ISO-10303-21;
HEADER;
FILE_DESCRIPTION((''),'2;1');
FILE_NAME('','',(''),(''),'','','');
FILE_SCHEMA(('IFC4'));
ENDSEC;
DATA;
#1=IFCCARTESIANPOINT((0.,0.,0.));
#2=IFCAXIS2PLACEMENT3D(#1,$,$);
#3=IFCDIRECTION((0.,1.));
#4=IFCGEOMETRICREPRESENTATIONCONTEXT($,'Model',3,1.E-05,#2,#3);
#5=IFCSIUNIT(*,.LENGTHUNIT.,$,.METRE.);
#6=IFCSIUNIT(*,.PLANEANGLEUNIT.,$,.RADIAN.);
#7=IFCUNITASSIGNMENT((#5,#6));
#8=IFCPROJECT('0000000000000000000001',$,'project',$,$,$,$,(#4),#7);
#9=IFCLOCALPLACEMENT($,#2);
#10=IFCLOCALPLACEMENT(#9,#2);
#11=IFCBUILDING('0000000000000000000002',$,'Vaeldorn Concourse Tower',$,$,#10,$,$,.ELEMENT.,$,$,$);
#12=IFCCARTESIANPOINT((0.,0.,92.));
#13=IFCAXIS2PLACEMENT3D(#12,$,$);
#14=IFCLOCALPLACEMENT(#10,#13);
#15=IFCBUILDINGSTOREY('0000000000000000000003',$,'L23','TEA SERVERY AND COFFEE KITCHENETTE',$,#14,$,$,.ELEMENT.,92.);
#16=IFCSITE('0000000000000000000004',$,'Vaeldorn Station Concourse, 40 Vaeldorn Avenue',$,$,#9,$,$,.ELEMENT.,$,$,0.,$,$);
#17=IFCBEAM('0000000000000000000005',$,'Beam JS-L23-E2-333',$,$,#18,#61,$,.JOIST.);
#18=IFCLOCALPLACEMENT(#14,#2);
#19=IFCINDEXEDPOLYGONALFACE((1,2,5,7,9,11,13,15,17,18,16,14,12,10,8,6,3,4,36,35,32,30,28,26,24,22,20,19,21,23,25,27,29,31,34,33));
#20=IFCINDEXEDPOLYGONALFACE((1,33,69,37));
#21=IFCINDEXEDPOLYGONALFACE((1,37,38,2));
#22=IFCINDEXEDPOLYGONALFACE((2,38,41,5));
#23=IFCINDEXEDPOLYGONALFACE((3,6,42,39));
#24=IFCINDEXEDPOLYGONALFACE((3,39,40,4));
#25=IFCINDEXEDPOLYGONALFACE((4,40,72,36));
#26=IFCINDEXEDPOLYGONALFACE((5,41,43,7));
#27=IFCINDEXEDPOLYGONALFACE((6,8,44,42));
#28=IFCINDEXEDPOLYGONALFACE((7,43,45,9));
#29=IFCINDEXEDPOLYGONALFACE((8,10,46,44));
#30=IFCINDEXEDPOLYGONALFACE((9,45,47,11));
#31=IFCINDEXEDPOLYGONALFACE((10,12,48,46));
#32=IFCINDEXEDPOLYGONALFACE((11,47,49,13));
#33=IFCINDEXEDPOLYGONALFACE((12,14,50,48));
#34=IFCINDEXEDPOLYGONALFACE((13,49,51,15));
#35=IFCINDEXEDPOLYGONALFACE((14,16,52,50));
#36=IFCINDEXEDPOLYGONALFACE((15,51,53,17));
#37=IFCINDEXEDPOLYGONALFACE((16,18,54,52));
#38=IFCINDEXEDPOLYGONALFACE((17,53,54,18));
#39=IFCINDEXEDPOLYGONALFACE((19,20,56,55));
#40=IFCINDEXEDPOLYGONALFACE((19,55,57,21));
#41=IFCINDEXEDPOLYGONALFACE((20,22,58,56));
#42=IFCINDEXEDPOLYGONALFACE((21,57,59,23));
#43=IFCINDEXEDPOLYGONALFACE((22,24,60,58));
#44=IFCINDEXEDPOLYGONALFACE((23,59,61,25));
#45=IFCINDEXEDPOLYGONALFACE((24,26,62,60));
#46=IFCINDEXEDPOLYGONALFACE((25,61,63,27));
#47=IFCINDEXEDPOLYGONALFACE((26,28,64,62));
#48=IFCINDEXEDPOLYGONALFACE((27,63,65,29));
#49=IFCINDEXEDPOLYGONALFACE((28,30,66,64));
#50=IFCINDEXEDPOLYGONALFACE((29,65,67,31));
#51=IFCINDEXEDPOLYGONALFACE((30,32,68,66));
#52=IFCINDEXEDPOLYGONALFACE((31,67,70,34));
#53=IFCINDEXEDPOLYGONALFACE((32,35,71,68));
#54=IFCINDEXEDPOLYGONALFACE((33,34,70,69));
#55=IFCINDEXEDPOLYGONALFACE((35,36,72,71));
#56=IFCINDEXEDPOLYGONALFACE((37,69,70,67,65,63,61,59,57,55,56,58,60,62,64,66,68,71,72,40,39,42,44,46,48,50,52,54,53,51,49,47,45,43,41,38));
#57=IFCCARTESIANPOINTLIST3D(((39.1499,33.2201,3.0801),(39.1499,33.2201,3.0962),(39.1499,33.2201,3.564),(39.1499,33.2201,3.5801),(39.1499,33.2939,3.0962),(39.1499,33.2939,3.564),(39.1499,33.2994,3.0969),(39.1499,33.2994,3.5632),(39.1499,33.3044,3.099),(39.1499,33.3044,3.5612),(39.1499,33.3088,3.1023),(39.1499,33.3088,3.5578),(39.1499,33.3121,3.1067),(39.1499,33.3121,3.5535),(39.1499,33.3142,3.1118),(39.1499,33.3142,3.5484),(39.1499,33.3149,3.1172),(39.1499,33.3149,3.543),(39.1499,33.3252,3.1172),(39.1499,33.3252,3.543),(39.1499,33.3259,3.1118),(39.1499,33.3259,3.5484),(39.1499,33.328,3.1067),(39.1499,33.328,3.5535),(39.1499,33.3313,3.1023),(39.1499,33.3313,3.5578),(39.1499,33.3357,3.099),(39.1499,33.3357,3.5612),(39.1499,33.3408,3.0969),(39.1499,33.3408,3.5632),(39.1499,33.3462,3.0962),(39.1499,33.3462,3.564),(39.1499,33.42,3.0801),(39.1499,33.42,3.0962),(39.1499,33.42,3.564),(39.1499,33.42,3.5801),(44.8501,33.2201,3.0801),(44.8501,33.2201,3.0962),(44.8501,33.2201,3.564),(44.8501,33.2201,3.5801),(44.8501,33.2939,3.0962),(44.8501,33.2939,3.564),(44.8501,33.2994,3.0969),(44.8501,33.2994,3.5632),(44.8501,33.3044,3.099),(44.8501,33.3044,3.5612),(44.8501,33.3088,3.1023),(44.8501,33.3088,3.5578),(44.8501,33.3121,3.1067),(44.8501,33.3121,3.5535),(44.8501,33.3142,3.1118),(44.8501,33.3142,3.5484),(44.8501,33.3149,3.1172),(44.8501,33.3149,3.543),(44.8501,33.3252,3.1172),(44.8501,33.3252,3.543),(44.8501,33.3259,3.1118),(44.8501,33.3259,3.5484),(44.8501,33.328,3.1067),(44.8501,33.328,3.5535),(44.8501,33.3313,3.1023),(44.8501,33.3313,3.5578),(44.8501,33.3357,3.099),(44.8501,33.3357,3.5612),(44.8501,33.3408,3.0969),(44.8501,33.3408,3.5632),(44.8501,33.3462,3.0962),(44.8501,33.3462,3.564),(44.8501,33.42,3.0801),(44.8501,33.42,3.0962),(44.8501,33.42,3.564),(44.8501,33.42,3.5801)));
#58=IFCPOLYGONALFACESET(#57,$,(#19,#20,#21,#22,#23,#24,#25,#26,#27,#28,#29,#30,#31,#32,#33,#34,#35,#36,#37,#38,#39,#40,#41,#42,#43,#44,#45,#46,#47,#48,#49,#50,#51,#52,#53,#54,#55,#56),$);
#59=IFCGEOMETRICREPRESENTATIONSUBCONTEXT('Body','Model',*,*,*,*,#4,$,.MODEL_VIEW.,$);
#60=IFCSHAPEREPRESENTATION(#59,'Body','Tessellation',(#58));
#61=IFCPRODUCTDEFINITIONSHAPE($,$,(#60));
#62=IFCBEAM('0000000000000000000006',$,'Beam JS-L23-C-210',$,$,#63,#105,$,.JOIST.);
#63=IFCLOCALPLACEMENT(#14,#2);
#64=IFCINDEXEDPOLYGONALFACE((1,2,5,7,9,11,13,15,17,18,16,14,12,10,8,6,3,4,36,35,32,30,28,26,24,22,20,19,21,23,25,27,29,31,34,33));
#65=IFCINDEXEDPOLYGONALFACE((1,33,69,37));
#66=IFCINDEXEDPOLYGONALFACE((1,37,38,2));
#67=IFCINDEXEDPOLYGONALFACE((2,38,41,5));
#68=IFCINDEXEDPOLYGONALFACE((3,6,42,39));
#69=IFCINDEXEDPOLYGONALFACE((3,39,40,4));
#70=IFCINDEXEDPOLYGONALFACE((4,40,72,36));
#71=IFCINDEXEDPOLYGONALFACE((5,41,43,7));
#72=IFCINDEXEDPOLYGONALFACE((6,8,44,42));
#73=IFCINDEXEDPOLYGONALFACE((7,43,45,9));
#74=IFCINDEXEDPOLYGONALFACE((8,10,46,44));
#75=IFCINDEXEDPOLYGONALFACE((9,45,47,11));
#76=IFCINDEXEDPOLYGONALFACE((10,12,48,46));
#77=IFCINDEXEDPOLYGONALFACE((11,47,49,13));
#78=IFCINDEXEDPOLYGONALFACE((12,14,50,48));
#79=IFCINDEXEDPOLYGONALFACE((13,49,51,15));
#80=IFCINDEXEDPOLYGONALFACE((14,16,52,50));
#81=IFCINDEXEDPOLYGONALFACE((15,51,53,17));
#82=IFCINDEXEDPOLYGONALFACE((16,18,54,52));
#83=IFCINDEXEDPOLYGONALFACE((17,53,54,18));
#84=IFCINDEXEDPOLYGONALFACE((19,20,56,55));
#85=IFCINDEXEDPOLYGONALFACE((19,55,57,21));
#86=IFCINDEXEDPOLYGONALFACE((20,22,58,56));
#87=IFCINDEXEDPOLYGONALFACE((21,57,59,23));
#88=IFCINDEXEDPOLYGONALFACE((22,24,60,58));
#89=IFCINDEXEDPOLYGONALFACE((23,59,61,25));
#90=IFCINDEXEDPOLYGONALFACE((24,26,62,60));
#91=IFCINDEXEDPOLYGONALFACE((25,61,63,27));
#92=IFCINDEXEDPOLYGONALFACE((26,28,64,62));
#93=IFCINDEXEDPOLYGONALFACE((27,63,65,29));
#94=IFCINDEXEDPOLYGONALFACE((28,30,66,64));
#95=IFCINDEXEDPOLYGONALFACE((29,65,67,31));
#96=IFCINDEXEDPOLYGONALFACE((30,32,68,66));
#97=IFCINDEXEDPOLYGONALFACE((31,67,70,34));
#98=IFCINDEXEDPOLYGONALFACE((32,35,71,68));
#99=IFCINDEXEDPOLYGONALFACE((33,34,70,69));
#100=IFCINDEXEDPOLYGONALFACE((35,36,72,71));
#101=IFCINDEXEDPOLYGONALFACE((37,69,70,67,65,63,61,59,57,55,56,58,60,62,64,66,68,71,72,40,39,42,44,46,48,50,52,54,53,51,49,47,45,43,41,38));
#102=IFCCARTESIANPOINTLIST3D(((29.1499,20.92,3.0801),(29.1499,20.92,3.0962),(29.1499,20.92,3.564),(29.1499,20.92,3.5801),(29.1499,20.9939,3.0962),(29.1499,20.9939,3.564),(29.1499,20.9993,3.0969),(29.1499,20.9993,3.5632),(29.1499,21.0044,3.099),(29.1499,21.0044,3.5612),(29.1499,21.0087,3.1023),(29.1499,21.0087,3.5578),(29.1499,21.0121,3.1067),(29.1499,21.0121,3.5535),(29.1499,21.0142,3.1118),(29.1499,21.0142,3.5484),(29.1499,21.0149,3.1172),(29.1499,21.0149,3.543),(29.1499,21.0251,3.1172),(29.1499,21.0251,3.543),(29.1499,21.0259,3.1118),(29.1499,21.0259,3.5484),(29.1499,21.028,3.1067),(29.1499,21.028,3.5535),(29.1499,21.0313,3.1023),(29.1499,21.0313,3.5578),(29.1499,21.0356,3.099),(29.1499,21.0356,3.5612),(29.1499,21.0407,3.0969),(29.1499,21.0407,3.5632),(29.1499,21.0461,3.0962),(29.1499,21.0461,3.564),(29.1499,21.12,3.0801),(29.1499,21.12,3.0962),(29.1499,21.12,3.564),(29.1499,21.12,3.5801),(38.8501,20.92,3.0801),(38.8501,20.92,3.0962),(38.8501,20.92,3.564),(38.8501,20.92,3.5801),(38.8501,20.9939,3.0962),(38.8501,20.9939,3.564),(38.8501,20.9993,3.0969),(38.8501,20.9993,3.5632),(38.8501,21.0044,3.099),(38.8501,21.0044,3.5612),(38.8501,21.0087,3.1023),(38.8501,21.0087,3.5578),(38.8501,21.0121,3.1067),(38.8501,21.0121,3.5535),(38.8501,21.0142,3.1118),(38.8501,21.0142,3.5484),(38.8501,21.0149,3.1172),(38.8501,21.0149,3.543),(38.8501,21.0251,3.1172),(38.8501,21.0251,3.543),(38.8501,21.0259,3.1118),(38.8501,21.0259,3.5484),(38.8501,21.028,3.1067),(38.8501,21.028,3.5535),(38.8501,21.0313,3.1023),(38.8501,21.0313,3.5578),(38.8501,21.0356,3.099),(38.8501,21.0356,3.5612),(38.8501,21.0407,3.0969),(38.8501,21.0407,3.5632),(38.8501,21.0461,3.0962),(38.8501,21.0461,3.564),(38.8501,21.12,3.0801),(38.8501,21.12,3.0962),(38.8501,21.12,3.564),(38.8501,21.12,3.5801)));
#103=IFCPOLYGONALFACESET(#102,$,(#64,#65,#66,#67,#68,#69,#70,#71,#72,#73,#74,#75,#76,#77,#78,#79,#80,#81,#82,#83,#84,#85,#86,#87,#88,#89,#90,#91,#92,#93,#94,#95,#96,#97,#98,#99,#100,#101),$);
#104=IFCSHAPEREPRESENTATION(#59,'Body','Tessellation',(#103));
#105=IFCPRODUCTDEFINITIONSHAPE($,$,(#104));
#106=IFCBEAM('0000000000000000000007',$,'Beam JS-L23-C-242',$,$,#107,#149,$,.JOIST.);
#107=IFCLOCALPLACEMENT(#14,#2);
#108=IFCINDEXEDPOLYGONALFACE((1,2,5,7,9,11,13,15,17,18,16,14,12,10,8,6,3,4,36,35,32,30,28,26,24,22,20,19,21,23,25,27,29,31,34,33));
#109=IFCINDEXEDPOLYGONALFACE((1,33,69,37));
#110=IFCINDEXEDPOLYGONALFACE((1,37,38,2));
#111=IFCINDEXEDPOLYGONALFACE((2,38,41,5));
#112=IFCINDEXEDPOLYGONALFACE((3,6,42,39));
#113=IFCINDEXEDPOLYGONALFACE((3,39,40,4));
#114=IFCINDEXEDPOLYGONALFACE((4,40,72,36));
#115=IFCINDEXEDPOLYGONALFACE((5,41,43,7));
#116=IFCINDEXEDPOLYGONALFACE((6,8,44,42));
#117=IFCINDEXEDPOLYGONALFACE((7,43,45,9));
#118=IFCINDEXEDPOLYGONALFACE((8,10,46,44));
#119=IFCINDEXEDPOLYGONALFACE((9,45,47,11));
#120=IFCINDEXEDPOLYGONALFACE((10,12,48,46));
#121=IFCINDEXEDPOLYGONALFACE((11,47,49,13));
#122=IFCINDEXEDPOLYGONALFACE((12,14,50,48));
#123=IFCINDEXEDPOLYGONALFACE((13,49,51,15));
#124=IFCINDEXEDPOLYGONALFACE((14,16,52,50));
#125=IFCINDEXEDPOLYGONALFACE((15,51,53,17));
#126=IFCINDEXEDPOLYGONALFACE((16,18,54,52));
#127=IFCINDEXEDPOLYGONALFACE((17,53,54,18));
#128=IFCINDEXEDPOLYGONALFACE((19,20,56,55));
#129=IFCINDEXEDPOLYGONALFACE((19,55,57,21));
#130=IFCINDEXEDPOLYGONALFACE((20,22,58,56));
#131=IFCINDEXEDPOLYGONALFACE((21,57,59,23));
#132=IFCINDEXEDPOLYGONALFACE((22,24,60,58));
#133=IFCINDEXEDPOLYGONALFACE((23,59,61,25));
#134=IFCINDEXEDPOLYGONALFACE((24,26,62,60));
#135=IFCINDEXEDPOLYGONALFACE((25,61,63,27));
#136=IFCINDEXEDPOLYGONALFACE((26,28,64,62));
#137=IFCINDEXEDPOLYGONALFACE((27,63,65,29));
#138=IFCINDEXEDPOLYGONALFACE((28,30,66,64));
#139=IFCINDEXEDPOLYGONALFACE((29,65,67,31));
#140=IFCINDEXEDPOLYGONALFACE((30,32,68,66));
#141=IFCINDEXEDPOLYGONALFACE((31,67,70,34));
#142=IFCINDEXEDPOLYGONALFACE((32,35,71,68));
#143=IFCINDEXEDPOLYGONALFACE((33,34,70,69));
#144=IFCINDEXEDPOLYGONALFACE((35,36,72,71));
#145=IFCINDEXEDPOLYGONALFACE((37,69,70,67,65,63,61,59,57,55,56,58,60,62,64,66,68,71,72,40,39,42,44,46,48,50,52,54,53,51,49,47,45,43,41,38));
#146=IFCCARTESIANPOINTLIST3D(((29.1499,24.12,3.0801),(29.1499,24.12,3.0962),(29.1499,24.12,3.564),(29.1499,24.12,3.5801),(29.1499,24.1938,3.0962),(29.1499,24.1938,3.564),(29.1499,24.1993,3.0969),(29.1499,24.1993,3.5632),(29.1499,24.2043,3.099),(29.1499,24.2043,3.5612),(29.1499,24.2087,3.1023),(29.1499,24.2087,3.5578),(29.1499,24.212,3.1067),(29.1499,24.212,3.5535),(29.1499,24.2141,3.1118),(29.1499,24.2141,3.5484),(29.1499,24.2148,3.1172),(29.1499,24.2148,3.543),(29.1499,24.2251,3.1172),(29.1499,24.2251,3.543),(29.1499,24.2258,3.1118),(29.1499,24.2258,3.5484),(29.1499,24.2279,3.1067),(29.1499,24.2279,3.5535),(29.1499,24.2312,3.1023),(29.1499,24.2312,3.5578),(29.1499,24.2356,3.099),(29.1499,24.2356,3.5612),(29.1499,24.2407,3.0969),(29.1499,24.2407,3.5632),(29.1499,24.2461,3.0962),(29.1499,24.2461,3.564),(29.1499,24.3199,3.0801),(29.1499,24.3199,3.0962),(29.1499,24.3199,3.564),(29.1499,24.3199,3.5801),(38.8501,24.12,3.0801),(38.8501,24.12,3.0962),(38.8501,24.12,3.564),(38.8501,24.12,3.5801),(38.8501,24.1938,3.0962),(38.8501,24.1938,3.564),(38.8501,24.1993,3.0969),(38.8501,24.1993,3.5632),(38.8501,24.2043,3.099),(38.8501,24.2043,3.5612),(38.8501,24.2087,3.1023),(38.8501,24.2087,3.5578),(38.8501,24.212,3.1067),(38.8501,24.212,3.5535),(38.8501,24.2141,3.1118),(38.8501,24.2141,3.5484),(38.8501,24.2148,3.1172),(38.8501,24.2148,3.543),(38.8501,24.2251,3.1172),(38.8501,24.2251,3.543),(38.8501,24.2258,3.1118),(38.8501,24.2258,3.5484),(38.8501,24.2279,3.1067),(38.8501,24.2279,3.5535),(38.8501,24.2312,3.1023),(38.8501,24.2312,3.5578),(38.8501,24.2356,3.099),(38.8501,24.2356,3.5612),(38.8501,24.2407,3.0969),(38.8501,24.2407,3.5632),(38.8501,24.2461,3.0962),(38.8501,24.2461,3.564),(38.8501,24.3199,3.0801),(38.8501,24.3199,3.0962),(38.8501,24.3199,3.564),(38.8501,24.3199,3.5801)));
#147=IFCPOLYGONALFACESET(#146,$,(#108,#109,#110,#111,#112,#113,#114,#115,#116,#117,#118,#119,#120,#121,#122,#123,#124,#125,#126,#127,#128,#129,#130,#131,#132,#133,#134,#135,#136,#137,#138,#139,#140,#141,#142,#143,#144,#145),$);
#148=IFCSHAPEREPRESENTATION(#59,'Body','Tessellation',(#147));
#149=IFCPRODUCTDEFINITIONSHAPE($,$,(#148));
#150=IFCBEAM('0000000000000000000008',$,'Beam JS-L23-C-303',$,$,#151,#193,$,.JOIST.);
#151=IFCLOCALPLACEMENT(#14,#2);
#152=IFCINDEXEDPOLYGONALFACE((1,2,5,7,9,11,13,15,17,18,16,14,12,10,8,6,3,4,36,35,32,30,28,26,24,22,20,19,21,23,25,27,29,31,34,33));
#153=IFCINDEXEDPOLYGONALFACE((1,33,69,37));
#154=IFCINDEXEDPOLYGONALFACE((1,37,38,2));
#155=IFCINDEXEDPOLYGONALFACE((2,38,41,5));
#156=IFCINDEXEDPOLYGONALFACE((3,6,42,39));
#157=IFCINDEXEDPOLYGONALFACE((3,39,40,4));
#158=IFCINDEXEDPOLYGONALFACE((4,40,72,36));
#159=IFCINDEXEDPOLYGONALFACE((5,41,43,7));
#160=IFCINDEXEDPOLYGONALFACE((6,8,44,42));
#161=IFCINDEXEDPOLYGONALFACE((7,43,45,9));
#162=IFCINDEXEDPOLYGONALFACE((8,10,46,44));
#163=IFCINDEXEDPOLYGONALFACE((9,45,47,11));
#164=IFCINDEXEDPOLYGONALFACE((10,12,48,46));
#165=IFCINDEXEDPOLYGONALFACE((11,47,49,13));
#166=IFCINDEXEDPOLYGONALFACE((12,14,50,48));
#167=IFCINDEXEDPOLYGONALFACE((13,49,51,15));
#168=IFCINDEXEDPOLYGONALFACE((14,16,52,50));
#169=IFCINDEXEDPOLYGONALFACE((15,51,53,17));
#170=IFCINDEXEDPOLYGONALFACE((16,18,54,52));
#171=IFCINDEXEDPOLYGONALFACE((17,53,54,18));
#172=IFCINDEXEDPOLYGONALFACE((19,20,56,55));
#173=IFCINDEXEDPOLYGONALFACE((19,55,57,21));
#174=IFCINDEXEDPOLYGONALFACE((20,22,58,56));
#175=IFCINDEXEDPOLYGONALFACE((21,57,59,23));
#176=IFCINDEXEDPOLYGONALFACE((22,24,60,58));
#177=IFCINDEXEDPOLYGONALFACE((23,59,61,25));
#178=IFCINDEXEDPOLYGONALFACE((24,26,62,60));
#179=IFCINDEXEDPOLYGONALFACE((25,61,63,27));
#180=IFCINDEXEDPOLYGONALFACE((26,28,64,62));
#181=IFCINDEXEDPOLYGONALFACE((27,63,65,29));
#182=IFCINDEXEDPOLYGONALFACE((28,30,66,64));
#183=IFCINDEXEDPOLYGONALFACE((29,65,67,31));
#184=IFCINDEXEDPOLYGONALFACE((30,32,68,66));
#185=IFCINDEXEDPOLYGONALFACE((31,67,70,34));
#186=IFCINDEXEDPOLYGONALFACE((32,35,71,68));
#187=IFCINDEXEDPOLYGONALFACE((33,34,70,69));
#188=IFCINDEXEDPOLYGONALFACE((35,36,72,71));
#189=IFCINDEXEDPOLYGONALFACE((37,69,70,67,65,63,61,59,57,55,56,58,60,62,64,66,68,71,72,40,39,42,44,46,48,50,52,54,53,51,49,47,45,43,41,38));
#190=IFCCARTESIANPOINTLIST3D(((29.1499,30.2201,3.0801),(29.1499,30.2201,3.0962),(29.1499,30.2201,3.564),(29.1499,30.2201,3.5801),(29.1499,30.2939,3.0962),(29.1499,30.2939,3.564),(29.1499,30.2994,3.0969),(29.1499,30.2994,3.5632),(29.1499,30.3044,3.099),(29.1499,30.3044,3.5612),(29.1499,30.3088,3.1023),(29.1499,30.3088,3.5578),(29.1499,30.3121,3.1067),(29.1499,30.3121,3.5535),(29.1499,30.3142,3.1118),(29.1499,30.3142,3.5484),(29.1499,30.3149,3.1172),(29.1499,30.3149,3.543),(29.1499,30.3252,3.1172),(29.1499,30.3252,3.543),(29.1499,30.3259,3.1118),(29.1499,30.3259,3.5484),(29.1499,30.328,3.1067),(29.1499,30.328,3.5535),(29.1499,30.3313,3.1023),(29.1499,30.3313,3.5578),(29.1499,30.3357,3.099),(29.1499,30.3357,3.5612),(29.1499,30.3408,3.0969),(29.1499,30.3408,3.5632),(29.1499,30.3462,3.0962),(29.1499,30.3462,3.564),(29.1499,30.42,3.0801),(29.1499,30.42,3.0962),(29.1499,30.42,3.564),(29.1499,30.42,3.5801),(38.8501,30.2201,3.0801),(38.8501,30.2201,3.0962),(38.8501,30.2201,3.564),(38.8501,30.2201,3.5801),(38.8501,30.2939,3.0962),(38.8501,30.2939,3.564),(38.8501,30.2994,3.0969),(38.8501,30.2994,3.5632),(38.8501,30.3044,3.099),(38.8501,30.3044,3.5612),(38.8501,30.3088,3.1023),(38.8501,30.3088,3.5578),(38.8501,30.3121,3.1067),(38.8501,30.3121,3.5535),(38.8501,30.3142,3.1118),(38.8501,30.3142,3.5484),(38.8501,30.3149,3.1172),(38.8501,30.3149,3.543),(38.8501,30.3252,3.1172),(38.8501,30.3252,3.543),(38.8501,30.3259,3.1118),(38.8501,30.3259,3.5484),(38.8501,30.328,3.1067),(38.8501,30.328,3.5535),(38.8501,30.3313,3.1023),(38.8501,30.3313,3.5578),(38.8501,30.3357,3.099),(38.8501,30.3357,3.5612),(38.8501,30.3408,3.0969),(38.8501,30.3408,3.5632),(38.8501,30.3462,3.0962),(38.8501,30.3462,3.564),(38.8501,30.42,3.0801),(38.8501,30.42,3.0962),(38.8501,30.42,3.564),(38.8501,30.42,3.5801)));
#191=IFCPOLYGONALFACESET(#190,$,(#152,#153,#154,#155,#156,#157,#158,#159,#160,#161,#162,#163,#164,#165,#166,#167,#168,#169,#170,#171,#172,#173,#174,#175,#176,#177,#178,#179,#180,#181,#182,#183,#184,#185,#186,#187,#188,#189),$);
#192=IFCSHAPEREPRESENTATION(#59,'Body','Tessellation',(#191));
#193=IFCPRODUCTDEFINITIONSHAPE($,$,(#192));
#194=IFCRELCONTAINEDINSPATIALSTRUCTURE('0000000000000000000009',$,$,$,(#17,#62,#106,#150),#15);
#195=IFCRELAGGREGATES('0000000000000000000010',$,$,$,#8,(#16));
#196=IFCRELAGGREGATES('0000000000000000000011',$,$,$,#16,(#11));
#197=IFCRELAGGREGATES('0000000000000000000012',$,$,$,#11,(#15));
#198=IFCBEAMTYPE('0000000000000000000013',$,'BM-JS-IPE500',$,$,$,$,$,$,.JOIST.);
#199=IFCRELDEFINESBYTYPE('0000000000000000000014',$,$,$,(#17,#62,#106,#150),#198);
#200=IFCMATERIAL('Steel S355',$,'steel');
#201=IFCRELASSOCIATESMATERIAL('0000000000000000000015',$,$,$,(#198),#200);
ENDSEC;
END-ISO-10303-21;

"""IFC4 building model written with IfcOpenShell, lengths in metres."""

from ifc_helpers import new_model, si_unit, direction, frame, origin, origin_2d, place, context, subcontext, project, spatial, i_section, extrude, source, transform, mapped, material, material_profile, profile_set, type_object, element, save


model = new_model("IFC4")

# Units and contexts
model_context = context("Model", 3, precision=1e-05, world=origin(), true_north=direction((0.0, 1.0)))
body_context = subcontext(model_context, "Body", "Model", "MODEL_VIEW")
ifc_project = project(units=[si_unit("LENGTHUNIT", "METRE"), si_unit("PLANEANGLEUNIT", "RADIAN")], contexts=[model_context])

# Site, building, storey
site_placement = place(None, origin())
site = spatial("IfcSite", under=ifc_project, at=site_placement, Name="Vaeldorn Station Concourse, 40 Vaeldorn Avenue", CompositionType="ELEMENT", RefElevation=0.0)
building_placement = place(site_placement, origin())
building = spatial("IfcBuilding", under=site, at=building_placement, Name="Vaeldorn Concourse Tower", CompositionType="ELEMENT")
storey_placement = place(building_placement, frame((0.0, 0.0, 92.0)))
storey = spatial("IfcBuildingStorey", under=building, at=storey_placement, Name="L23", Description="TEA SERVERY AND COFFEE KITCHENETTE", CompositionType="ELEMENT", Elevation=92.0)

# Beams
ifc_material_1 = material(Name="Steel S355", Category="steel")
ifc_material_profile_1 = material_profile(ifc_material_1, i_section(OverallWidth=0.2, OverallDepth=0.5, WebThickness=0.0103, FlangeThickness=0.0161, FilletRadius=0.021, at=origin_2d()), Name="IPE 500")
ifc_profile_set_1 = profile_set([ifc_material_profile_1], Name="Steel S355")
beam_type_1 = type_object("IfcBeamType", Name="BM-JS-IPE500", PredefinedType="JOIST", material=ifc_profile_set_1)
shared_shape_1 = source(origin(), body_context, "Body", "SweptSolid", [
    extrude(i_section(OverallWidth=0.2, OverallDepth=0.5, WebThickness=0.0103, FlangeThickness=0.0161, FilletRadius=0.021, at=origin_2d()), origin(), (0.0, 0.0, 1.0), 5.7002),
])
for number, where, z_axis, x_axis, name in (
    (1, (39.1499, 33.3201, 3.3301), (1.0, 0.0, 0.0), (0.0, 1.0, 0.0), "Beam JS-L23-E2-333"),
):
    element("IfcBeam", number, at=place(storey_placement, frame(where, z_axis=z_axis, x_axis=x_axis)), inside=storey, type_object=beam_type_1, Name=name, PredefinedType="JOIST", context=body_context, shape_type="MappedRepresentation", body=[
        mapped(shared_shape_1, transform((0.0, 0.0, 0.0), scale=1.0)),
    ])
shared_shape_2 = source(origin(), body_context, "Body", "SweptSolid", [
    extrude(i_section(OverallWidth=0.2, OverallDepth=0.5, WebThickness=0.0103, FlangeThickness=0.0161, FilletRadius=0.021, at=origin_2d()), origin(), (0.0, 0.0, 1.0), 9.7002),
])
for number, where, z_axis, x_axis, name in (
    (2, (29.1499, 21.02, 3.3301), (1.0, 0.0, 0.0), (0.0, 1.0, 0.0), "Beam JS-L23-C-210"),
    (3, (29.1499, 24.22, 3.3301), (1.0, 0.0, 0.0), (0.0, 1.0, 0.0), "Beam JS-L23-C-242"),
    (4, (29.1499, 30.3201, 3.3301), (1.0, 0.0, 0.0), (0.0, 1.0, 0.0), "Beam JS-L23-C-303"),
):
    element("IfcBeam", number, at=place(storey_placement, frame(where, z_axis=z_axis, x_axis=x_axis)), inside=storey, type_object=beam_type_1, Name=name, PredefinedType="JOIST", context=body_context, shape_type="MappedRepresentation", body=[
        mapped(shared_shape_2, transform((0.0, 0.0, 0.0), scale=1.0)),
    ])

save(model, "model.ifc")
